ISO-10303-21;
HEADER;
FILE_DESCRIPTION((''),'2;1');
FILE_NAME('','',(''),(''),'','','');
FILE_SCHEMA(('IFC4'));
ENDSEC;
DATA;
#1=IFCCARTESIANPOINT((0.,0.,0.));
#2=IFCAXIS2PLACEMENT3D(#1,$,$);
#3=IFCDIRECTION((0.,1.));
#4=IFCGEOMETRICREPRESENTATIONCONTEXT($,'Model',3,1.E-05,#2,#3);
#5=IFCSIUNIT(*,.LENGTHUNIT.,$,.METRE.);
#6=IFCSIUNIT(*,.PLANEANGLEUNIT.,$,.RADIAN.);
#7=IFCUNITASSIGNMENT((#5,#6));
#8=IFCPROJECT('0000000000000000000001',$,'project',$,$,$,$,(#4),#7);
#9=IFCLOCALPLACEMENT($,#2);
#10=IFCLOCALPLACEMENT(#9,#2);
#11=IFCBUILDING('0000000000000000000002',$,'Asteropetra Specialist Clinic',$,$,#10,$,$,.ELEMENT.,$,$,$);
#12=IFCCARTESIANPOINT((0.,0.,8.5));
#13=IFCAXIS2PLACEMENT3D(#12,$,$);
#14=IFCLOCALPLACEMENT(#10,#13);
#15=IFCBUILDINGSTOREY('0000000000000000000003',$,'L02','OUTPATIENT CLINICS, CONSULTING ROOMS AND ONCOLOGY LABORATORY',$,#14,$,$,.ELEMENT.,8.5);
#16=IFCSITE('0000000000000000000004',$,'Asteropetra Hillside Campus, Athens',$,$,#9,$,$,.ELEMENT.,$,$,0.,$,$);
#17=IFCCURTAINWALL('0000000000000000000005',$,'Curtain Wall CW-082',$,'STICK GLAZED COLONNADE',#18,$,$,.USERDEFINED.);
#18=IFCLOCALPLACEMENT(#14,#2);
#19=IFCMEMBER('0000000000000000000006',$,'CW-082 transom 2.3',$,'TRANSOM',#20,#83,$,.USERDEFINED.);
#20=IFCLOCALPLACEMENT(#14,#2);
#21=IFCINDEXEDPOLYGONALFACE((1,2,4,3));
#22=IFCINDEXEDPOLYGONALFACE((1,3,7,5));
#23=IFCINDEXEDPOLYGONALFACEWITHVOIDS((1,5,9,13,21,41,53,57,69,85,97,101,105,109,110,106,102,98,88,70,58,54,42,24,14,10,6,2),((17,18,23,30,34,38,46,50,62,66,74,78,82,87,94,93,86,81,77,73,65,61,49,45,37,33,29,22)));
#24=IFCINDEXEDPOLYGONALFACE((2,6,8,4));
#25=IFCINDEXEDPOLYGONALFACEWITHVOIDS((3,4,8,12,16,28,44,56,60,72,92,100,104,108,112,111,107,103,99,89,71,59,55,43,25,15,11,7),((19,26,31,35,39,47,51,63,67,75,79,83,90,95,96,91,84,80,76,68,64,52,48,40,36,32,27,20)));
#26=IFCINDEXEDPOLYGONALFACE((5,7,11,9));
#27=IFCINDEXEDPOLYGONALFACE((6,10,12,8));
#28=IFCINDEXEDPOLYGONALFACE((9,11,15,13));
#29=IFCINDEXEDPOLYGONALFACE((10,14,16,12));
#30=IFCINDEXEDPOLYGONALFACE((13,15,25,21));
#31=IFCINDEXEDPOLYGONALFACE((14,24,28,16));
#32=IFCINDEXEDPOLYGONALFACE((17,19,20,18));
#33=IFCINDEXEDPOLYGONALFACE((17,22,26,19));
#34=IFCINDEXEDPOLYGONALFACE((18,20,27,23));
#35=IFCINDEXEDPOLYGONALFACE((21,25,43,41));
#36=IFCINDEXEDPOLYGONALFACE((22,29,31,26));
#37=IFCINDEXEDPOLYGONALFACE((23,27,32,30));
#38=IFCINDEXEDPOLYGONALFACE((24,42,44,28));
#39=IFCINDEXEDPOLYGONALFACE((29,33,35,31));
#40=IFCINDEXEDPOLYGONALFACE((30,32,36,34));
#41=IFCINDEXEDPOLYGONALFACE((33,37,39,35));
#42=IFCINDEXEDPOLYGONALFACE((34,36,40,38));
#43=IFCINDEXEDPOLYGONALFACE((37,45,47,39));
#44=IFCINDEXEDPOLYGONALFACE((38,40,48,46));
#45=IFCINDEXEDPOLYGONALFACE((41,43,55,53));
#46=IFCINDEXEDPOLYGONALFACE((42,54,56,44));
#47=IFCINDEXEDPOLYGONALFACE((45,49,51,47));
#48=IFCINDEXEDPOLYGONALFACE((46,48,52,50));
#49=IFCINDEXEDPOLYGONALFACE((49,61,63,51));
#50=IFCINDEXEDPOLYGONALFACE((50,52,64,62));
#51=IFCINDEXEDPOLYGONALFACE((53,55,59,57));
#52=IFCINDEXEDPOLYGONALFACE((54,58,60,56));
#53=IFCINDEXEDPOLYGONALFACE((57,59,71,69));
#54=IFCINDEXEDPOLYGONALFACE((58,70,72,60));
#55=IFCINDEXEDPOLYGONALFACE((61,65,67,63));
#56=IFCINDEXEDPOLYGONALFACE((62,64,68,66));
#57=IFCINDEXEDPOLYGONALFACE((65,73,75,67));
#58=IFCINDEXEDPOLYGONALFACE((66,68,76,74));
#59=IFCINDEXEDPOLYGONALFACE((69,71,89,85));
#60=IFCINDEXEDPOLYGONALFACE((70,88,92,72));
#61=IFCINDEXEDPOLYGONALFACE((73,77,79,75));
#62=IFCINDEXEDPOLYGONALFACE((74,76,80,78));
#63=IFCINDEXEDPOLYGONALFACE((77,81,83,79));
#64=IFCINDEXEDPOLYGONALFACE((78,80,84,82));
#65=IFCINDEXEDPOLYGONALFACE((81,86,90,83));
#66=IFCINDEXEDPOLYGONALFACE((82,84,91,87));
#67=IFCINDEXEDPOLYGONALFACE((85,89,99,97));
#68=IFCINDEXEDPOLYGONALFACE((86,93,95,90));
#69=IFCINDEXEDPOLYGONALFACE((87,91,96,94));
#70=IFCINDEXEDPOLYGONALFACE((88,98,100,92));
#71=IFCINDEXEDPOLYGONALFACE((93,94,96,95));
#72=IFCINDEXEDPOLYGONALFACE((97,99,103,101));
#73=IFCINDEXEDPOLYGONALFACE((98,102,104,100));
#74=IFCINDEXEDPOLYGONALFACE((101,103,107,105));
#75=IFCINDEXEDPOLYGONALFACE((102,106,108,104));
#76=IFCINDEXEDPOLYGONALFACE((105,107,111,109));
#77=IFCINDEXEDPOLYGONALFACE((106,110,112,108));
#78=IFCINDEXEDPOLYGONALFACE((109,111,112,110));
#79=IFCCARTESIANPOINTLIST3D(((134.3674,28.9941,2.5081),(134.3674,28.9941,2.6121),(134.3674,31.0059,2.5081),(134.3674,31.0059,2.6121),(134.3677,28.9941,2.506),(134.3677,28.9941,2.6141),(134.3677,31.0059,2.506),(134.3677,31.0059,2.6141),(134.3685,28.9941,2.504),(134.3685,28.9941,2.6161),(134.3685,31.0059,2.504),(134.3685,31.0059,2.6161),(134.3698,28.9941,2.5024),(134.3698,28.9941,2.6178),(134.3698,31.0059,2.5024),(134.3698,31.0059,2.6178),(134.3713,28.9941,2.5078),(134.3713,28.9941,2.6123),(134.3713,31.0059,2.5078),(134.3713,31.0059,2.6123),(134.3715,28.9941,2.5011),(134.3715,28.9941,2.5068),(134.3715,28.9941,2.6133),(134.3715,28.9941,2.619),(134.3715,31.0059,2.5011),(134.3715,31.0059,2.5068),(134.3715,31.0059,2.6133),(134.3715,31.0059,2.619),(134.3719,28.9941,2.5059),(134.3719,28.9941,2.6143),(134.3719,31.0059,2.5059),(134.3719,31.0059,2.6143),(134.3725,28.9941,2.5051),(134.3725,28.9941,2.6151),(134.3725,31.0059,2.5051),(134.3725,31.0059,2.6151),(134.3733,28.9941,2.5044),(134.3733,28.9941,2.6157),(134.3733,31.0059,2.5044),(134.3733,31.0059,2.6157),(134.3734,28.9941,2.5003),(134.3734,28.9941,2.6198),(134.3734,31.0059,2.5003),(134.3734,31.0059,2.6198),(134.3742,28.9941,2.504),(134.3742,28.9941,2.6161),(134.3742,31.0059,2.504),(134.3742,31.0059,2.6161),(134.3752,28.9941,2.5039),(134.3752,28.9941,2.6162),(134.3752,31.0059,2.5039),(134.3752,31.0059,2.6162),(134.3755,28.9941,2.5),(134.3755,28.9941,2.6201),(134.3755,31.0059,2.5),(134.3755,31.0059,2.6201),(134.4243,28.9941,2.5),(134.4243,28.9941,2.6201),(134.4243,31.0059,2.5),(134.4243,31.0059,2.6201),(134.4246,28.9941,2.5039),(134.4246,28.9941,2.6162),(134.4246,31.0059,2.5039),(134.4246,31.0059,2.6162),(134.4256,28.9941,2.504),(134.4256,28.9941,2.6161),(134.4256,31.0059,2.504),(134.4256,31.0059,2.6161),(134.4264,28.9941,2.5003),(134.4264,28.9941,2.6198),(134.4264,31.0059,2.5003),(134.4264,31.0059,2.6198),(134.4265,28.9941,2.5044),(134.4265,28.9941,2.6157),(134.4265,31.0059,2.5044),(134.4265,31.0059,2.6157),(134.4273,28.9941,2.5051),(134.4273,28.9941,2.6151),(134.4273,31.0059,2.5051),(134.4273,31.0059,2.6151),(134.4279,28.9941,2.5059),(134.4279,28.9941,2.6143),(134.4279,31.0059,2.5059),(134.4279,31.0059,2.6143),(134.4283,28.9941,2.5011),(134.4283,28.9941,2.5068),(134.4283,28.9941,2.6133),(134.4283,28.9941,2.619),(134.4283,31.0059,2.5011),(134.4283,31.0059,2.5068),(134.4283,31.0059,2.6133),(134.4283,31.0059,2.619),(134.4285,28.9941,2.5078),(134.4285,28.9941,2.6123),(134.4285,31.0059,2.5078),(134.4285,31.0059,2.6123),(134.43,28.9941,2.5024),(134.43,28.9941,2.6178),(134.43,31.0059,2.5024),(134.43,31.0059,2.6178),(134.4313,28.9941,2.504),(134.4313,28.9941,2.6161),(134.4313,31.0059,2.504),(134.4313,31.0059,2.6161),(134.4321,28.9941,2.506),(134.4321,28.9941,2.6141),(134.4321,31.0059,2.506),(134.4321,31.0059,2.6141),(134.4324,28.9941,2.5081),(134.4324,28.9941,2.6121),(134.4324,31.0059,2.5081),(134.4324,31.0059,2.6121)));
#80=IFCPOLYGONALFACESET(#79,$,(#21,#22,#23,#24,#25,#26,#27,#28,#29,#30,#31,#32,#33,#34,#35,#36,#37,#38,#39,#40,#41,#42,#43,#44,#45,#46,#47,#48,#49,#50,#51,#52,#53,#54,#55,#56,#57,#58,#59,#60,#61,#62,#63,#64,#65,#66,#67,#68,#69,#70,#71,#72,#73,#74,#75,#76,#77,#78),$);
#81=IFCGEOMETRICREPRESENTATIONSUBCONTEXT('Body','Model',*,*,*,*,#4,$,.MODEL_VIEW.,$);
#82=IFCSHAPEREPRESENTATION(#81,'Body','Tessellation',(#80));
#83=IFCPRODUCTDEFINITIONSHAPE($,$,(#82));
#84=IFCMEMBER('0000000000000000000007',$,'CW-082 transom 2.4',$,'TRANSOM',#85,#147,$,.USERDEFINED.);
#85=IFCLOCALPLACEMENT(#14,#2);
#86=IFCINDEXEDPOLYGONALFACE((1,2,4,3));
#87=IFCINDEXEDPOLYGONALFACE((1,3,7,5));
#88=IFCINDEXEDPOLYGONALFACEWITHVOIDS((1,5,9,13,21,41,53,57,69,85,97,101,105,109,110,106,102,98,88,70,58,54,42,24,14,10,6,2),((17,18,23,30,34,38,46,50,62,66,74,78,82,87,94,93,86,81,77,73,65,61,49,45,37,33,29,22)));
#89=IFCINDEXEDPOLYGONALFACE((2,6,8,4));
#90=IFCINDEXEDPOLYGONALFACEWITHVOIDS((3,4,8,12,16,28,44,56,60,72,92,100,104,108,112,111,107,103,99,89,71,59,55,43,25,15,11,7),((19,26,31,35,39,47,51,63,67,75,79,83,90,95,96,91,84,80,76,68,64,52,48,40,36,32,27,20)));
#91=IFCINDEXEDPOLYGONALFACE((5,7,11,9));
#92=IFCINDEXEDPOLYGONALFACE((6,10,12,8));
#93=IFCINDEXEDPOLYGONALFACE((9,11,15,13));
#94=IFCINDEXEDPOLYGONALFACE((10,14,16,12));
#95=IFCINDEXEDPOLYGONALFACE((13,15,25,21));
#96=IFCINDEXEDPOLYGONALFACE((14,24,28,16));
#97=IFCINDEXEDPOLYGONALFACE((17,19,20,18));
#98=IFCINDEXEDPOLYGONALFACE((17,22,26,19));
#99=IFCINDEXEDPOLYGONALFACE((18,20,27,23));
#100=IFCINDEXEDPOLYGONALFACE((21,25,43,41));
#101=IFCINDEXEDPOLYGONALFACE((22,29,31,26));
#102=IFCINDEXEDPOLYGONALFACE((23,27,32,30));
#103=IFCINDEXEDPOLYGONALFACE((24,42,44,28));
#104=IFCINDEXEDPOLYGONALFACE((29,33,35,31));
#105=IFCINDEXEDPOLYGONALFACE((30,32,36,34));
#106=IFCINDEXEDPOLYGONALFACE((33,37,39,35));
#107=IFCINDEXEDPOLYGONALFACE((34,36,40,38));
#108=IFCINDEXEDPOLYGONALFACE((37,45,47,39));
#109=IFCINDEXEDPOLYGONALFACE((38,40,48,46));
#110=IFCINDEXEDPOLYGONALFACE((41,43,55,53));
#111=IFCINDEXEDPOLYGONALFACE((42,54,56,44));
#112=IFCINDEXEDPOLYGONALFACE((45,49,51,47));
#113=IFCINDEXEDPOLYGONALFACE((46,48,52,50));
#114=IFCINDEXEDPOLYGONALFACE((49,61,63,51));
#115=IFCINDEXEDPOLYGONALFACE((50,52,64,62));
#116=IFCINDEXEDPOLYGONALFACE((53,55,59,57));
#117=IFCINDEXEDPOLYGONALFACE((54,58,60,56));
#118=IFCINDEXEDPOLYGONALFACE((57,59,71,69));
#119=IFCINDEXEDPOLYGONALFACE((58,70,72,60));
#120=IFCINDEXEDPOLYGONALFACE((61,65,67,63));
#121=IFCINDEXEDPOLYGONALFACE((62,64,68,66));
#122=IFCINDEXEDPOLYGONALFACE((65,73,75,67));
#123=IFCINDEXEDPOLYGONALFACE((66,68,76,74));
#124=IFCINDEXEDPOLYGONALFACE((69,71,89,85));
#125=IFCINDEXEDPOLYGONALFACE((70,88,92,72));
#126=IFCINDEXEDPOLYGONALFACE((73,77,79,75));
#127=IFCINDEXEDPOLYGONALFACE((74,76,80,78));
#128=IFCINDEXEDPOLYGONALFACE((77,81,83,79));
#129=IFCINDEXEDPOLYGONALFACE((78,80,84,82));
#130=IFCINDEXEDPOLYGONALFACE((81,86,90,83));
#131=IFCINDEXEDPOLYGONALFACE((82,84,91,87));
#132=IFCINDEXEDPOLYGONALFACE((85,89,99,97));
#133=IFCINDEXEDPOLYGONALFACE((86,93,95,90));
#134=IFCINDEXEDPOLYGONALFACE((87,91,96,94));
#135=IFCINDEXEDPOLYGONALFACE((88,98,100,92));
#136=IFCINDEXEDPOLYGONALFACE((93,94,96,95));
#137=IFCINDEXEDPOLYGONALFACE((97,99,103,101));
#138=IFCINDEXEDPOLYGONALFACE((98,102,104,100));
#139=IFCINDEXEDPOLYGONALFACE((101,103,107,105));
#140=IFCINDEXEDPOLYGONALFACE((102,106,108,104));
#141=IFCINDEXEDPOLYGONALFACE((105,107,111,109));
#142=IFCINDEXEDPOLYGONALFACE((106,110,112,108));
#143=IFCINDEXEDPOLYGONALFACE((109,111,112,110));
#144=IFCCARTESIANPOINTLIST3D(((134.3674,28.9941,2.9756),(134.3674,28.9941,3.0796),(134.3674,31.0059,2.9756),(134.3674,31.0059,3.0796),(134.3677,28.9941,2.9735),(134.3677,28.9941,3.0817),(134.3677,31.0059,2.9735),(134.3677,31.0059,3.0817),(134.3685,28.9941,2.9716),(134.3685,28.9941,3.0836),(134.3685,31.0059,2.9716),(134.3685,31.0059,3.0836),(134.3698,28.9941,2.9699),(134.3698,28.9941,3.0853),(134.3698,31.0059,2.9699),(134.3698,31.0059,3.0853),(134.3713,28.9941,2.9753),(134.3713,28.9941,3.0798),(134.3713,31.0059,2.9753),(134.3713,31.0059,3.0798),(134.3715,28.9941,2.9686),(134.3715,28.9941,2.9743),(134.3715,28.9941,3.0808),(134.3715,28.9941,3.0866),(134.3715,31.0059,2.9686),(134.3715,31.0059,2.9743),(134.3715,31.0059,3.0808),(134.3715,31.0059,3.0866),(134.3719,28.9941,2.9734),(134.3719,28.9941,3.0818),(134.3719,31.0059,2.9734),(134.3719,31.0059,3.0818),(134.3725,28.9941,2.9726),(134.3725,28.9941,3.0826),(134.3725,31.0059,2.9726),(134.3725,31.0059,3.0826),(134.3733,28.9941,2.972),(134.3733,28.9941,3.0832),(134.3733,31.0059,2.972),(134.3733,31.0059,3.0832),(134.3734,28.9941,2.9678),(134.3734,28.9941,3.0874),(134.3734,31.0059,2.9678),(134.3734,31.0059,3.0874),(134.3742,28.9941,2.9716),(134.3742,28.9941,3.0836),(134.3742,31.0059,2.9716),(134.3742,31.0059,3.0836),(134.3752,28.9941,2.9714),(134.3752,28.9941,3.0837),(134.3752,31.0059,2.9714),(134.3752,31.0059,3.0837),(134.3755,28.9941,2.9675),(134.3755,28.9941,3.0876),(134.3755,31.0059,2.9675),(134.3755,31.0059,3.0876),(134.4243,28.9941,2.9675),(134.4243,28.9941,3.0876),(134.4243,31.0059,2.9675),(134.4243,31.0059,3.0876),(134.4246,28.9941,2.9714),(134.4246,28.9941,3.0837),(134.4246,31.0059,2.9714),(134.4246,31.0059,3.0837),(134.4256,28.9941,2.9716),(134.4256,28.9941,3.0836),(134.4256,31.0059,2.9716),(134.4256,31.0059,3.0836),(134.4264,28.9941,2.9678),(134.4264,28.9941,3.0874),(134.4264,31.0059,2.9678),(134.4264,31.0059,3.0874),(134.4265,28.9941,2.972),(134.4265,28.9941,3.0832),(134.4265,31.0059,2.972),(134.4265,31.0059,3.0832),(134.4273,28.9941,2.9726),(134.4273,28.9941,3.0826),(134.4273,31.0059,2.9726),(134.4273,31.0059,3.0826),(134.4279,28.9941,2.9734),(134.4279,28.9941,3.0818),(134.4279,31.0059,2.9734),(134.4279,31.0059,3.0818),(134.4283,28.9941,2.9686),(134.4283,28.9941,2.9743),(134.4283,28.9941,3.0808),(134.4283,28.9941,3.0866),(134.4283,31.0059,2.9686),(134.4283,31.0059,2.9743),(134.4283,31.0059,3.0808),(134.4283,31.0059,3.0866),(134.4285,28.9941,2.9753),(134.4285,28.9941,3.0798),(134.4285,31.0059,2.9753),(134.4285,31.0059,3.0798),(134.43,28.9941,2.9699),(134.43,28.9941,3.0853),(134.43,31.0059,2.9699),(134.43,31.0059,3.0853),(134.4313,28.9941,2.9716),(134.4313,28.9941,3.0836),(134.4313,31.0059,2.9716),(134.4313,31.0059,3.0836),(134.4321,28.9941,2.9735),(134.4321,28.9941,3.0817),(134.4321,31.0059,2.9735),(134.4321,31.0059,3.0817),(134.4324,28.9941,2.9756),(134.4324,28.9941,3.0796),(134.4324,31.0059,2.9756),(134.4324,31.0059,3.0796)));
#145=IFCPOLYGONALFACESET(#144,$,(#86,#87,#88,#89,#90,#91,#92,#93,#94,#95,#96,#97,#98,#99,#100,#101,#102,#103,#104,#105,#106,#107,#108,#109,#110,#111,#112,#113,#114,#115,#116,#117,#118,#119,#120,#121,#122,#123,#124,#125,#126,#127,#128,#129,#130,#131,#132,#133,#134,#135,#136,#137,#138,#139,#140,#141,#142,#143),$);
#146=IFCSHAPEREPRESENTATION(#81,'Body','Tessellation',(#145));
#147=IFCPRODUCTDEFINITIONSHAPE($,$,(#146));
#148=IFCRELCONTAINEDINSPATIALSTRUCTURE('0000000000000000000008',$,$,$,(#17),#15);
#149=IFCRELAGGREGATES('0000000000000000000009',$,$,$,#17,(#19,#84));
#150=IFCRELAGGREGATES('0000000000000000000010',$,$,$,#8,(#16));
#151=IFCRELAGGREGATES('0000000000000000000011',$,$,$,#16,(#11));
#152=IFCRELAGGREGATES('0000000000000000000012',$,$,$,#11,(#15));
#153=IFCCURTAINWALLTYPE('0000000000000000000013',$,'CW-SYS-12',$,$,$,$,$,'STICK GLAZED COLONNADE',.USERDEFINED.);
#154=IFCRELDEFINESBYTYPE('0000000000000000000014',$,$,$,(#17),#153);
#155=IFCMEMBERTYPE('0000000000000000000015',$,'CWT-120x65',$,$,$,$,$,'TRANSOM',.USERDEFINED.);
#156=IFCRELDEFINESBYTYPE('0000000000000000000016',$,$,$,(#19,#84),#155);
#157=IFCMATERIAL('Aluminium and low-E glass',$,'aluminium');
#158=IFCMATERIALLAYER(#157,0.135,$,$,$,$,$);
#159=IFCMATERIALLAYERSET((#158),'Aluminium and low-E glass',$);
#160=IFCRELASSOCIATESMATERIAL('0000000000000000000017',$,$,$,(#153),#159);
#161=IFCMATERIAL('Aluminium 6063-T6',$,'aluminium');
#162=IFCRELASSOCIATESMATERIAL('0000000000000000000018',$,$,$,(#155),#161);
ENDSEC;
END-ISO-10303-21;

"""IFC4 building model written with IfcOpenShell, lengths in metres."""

from ifc_helpers import new_model, si_unit, direction, frame, origin, origin_2d, place, context, subcontext, project, spatial, hollow_rectangle, extrude, material, layer, layer_set, material_profile, profile_set, type_object, element, aggregate, save


model = new_model("IFC4")

# Units and contexts
model_context = context("Model", 3, precision=1e-05, world=origin(), true_north=direction((0.0, 1.0)))
body_context = subcontext(model_context, "Body", "Model", "MODEL_VIEW")
ifc_project = project(units=[si_unit("LENGTHUNIT", "METRE"), si_unit("PLANEANGLEUNIT", "RADIAN")], contexts=[model_context])

# Site, building, storey
site_placement = place(None, origin())
site = spatial("IfcSite", under=ifc_project, at=site_placement, Name="Asteropetra Hillside Campus, Athens", CompositionType="ELEMENT", RefElevation=0.0)
building_placement = place(site_placement, origin())
building = spatial("IfcBuilding", under=site, at=building_placement, Name="Asteropetra Specialist Clinic", CompositionType="ELEMENT")
storey_placement = place(building_placement, frame((0.0, 0.0, 8.5)))
storey = spatial("IfcBuildingStorey", under=building, at=storey_placement, Name="L02", Description="OUTPATIENT CLINICS, CONSULTING ROOMS AND ONCOLOGY LABORATORY", CompositionType="ELEMENT", Elevation=8.5)

# Curtain wall, members
ifc_material_1 = material(Name="Aluminium and low-E glass", Category="aluminium")
ifc_layer_1 = layer(ifc_material_1, 0.135)
ifc_layer_set_1 = layer_set([ifc_layer_1], Name="Aluminium and low-E glass")
curtain_wall_type_1 = type_object("IfcCurtainWallType", Name="CW-SYS-12", ElementType="STICK GLAZED COLONNADE", PredefinedType="USERDEFINED", material=ifc_layer_set_1)
curtain_wall_1_placement = place(storey_placement, origin())
curtain_wall_1 = element("IfcCurtainWall", 1, at=curtain_wall_1_placement, inside=storey, type_object=curtain_wall_type_1, Name="Curtain Wall CW-082", ObjectType="STICK GLAZED COLONNADE", PredefinedType="USERDEFINED")
ifc_material_2 = material(Name="Aluminium 6063-T6", Category="aluminium")
ifc_material_profile_1 = material_profile(ifc_material_2, hollow_rectangle(XDim=0.0649, YDim=0.1201, WallThickness=0.0039, InnerFilletRadius=0.0039, OuterFilletRadius=0.0081, at=origin_2d()), Name="TRN 120x65x4.0")
ifc_profile_set_1 = profile_set([ifc_material_profile_1], Name="Aluminium 6063-T6")
member_type_1 = type_object("IfcMemberType", Name="CWT-120x65", ElementType="TRANSOM", PredefinedType="USERDEFINED", material=ifc_profile_set_1)
member_1_placement = place(storey_placement, frame((134.3999, 28.9941, 2.5601), z_axis=(0.0, 1.0, 0.0), x_axis=(-1.0, 0.0, 0.0)))
member_1 = element("IfcMember", 2, at=member_1_placement, type_object=member_type_1, Name="CW-082 transom 2.3", ObjectType="TRANSOM", PredefinedType="USERDEFINED", context=body_context, shape_type="SweptSolid", body=[
    extrude(hollow_rectangle(XDim=0.0649, YDim=0.1201, WallThickness=0.0039, InnerFilletRadius=0.0039, OuterFilletRadius=0.0081, at=origin_2d()), origin(), (0.0, 0.0, 1.0), 2.0117),
])
member_2_placement = place(storey_placement, frame((134.3999, 28.9941, 3.0276), z_axis=(0.0, 1.0, 0.0), x_axis=(-1.0, 0.0, 0.0)))
member_2 = element("IfcMember", 3, at=member_2_placement, type_object=member_type_1, Name="CW-082 transom 2.4", ObjectType="TRANSOM", PredefinedType="USERDEFINED", context=body_context, shape_type="SweptSolid", body=[
    extrude(hollow_rectangle(XDim=0.0649, YDim=0.1201, WallThickness=0.0039, InnerFilletRadius=0.0039, OuterFilletRadius=0.0081, at=origin_2d()), origin(), (0.0, 0.0, 1.0), 2.0117),
])

aggregate(curtain_wall_1, [member_1, member_2])

save(model, "model.ifc")
